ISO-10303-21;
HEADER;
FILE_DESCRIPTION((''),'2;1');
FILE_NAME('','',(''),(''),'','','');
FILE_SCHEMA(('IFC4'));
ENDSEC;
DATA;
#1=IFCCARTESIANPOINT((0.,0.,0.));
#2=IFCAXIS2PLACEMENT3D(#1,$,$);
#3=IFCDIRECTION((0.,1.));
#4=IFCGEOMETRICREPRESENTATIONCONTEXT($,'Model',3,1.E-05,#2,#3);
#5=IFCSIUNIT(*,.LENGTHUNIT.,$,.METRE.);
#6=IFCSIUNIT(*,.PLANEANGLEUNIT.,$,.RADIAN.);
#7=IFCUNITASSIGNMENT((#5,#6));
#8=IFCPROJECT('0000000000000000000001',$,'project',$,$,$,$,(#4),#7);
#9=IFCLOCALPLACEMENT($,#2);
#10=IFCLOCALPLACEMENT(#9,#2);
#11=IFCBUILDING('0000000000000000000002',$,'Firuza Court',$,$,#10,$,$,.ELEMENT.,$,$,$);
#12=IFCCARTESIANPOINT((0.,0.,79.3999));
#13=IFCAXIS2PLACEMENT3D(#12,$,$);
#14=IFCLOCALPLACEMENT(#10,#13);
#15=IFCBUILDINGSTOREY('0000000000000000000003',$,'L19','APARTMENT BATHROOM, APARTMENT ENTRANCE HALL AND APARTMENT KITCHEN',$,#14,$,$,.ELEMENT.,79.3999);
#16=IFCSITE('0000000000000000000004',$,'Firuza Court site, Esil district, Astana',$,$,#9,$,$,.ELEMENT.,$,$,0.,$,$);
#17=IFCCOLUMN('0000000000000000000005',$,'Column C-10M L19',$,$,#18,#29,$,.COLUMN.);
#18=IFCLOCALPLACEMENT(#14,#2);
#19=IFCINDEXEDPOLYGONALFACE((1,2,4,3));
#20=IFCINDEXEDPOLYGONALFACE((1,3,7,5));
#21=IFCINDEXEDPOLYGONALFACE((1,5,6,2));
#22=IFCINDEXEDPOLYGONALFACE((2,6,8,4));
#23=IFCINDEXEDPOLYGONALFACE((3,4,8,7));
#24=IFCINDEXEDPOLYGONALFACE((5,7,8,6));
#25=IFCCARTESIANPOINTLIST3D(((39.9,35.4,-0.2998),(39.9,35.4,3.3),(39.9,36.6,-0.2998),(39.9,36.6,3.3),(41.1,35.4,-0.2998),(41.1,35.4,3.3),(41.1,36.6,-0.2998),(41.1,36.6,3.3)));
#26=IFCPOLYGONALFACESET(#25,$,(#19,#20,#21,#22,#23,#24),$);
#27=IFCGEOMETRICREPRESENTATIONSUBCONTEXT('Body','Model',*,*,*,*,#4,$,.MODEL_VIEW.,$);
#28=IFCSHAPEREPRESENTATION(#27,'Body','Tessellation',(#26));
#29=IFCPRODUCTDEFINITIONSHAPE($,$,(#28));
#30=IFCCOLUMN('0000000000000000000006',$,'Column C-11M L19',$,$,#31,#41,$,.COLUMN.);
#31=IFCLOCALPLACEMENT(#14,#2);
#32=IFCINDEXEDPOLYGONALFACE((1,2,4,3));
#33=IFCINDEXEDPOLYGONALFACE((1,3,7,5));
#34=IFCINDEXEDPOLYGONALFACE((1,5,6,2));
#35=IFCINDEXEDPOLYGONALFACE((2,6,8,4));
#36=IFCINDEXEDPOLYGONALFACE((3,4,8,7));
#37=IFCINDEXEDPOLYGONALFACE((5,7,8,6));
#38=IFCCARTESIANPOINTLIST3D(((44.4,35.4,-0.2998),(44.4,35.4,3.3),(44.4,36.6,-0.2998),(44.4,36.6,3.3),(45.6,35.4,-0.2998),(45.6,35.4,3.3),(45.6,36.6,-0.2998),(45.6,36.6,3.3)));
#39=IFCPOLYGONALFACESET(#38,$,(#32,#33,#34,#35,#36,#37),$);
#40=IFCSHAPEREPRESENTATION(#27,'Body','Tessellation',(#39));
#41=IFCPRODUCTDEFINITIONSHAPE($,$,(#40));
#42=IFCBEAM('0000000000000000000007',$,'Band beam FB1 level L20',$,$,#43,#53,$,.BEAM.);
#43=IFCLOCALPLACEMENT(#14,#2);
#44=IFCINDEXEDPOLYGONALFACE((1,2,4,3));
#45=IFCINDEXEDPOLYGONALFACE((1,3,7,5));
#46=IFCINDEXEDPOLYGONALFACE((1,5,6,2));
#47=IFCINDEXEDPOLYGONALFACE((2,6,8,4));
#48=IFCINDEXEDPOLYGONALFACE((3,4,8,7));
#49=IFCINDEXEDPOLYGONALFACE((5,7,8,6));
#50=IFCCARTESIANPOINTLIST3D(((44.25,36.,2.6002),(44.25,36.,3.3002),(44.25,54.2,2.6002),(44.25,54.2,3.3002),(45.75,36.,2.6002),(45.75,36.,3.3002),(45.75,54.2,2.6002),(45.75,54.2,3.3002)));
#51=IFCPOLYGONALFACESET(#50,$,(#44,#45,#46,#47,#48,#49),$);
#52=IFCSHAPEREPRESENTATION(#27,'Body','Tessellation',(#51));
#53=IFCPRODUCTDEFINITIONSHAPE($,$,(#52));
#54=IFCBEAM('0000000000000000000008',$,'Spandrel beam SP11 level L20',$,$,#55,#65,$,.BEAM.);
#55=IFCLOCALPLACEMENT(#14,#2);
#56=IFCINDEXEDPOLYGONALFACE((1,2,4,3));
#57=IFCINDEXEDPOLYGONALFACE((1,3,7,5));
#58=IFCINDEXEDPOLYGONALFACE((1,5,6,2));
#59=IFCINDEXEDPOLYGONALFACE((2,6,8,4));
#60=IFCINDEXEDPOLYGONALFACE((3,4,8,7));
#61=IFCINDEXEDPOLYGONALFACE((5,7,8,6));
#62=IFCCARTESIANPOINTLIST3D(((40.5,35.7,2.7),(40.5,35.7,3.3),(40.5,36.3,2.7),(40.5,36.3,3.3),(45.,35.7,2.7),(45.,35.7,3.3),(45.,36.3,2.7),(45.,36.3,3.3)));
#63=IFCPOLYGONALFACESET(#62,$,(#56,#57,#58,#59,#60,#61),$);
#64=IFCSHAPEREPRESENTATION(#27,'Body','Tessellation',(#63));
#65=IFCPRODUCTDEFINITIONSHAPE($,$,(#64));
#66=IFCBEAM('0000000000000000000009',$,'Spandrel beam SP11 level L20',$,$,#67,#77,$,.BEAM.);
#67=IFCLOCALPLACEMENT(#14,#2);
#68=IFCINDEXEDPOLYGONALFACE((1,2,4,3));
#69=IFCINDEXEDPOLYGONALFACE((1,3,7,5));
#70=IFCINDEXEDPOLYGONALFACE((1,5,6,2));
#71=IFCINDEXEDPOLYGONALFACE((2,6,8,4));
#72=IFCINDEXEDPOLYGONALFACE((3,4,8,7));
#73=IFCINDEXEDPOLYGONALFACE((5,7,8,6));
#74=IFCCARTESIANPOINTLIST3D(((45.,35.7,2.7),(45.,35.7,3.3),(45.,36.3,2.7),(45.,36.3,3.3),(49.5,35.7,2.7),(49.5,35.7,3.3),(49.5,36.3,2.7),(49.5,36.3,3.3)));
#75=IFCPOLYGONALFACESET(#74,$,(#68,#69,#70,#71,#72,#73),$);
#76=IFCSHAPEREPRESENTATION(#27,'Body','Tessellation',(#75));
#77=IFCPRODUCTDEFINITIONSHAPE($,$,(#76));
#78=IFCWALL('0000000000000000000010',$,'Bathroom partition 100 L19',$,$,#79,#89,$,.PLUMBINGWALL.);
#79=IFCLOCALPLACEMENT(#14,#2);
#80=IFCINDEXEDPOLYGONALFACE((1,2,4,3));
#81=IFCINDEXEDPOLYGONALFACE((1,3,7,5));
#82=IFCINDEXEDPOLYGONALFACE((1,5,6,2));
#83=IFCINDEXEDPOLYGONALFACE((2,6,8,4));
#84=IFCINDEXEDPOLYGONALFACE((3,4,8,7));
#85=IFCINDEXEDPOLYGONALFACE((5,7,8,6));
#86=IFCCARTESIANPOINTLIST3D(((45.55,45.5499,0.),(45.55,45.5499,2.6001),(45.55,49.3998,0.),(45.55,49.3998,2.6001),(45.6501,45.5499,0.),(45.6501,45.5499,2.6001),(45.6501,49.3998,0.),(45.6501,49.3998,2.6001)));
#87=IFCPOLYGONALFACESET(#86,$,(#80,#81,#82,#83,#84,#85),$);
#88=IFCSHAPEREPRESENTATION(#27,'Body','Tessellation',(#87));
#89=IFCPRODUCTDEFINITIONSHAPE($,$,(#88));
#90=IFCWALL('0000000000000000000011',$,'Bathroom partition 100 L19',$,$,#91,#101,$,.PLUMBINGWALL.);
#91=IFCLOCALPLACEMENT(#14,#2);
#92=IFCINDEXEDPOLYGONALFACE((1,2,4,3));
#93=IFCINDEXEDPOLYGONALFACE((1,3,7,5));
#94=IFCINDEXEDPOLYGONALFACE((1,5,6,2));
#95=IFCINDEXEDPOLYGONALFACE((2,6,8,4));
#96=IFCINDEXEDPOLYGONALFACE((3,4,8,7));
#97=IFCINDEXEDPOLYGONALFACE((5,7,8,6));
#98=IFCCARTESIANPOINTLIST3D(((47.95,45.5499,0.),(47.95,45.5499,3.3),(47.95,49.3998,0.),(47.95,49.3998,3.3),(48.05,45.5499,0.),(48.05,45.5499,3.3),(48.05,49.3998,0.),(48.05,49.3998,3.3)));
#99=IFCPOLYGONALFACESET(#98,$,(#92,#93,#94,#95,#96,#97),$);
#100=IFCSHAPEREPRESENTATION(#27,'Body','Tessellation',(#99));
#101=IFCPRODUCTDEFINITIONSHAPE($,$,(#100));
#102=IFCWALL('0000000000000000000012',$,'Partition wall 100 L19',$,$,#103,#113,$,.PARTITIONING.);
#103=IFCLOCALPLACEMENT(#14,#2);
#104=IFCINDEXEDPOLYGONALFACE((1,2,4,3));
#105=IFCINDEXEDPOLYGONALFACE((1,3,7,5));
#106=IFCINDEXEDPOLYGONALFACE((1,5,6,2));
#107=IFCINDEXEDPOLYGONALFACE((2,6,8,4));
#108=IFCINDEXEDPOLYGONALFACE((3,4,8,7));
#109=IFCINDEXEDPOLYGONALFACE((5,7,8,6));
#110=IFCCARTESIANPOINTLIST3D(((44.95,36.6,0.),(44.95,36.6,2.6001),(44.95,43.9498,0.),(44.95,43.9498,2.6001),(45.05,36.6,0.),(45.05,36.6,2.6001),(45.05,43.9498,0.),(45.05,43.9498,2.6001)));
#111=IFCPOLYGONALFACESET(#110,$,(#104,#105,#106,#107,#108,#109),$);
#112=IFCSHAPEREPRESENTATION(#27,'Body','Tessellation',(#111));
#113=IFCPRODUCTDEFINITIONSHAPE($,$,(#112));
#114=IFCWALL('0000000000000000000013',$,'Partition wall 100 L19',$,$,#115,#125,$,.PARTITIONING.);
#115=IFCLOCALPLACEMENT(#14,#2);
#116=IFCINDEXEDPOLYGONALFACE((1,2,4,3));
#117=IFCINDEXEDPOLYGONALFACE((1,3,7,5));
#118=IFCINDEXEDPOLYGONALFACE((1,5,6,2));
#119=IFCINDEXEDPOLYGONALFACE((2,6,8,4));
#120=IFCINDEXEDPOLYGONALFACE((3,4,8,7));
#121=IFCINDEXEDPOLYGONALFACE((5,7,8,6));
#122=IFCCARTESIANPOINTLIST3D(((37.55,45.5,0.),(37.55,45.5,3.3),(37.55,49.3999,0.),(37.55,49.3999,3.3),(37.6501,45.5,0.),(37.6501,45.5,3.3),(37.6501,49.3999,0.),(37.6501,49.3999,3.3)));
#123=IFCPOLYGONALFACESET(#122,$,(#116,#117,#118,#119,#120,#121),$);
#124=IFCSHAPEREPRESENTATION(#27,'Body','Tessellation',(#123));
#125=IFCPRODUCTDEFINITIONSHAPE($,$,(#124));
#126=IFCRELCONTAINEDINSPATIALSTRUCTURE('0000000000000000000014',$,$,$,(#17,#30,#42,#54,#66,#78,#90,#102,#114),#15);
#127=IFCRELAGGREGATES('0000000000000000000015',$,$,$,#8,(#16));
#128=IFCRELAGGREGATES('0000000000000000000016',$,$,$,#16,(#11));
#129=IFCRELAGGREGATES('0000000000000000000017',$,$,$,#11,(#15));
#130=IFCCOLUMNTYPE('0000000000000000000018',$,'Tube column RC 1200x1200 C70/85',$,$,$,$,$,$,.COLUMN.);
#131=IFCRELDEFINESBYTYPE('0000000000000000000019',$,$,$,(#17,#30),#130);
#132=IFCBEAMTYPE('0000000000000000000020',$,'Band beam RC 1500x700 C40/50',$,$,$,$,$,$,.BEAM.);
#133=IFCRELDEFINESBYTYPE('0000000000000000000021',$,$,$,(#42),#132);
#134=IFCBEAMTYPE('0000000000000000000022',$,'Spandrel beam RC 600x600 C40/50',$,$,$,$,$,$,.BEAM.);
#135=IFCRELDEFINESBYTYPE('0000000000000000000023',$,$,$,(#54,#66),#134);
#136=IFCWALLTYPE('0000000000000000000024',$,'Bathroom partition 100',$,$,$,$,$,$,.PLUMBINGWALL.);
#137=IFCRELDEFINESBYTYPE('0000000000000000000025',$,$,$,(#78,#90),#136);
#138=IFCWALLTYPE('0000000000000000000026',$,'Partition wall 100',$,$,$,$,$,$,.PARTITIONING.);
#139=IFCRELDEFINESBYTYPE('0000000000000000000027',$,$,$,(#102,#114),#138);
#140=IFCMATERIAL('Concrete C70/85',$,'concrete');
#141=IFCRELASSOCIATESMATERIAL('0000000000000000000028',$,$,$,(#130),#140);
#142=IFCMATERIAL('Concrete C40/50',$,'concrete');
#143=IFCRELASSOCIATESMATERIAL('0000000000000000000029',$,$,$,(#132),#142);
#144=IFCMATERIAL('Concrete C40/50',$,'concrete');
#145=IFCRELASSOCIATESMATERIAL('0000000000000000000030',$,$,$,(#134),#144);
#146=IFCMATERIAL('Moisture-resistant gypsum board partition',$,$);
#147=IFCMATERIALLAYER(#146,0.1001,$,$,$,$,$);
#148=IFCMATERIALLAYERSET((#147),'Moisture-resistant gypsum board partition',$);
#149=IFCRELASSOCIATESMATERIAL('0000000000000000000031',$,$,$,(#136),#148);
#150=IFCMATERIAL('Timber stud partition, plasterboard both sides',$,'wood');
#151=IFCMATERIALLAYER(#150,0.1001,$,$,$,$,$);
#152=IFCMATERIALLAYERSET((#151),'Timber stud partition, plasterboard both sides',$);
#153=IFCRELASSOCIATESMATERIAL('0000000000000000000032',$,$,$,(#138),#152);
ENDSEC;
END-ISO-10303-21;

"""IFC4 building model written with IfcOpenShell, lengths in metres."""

from ifc_helpers import new_model, si_unit, direction, frame, frame_2d, origin, origin_2d, place, context, subcontext, project, spatial, rectangle, extrude, material, layer, layer_set, material_profile, profile_set, type_object, element, save


model = new_model("IFC4")

# Units and contexts
model_context = context("Model", 3, precision=1e-05, world=origin(), true_north=direction((0.0, 1.0)))
body_context = subcontext(model_context, "Body", "Model", "MODEL_VIEW")
ifc_project = project(units=[si_unit("LENGTHUNIT", "METRE"), si_unit("PLANEANGLEUNIT", "RADIAN")], contexts=[model_context])

# Site, building, storey
site_placement = place(None, origin())
site = spatial("IfcSite", under=ifc_project, at=site_placement, Name="Firuza Court site, Esil district, Astana", CompositionType="ELEMENT", RefElevation=0.0)
building_placement = place(site_placement, origin())
building = spatial("IfcBuilding", under=site, at=building_placement, Name="Firuza Court", CompositionType="ELEMENT")
storey_placement = place(building_placement, frame((0.0, 0.0, 79.3999)))
storey = spatial("IfcBuildingStorey", under=building, at=storey_placement, Name="L19", Description="APARTMENT BATHROOM, APARTMENT ENTRANCE HALL AND APARTMENT KITCHEN", CompositionType="ELEMENT", Elevation=79.3999)

# Columns
ifc_material_1 = material(Name="Concrete C70/85", Category="concrete")
ifc_material_profile_1 = material_profile(ifc_material_1, rectangle(XDim=1.2, YDim=1.2, at=origin_2d()), Name="RC 1200x1200")
ifc_profile_set_1 = profile_set([ifc_material_profile_1], Name="Concrete C70/85")
column_type = type_object("IfcColumnType", Name="Tube column RC 1200x1200 C70/85", PredefinedType="COLUMN", material=ifc_profile_set_1)
for number, where, z_axis, x_axis, name in (
    (1, (40.5, 36.0, -0.2998), (0.0, 0.0, 1.0), (1.0, 0.0, 0.0), "Column C-10M L19"),
    (2, (45.0, 36.0, -0.2998), (0.0, 0.0, 1.0), (1.0, 0.0, 0.0), "Column C-11M L19"),
):
    element("IfcColumn", number, at=place(storey_placement, frame(where, z_axis=z_axis, x_axis=x_axis)), inside=storey, type_object=column_type, Name=name, PredefinedType="COLUMN", context=body_context, shape_type="SweptSolid", body=[
        extrude(rectangle(XDim=1.2, YDim=1.2, at=origin_2d()), origin(), (0.0, 0.0, 1.0), 3.5999),
    ])

# Beams
ifc_material_2 = material(Name="Concrete C40/50", Category="concrete")
ifc_material_profile_2 = material_profile(ifc_material_2, rectangle(XDim=1.5, YDim=0.7, at=origin_2d()), Name="RC 1500x700")
ifc_profile_set_2 = profile_set([ifc_material_profile_2], Name="Concrete C40/50")
beam_type_1 = type_object("IfcBeamType", Name="Band beam RC 1500x700 C40/50", PredefinedType="BEAM", material=ifc_profile_set_2)
beam_placement = place(storey_placement, frame((45.0, 36.0, 2.9502), z_axis=(0.0, 1.0, 0.0), x_axis=(-1.0, 0.0, 0.0)))
element("IfcBeam", 3, at=beam_placement, inside=storey, type_object=beam_type_1, Name="Band beam FB1 level L20", PredefinedType="BEAM", context=body_context, shape_type="SweptSolid", body=[
    extrude(rectangle(XDim=1.5, YDim=0.7, at=origin_2d()), origin(), (0.0, 0.0, 1.0), 18.2),
])
ifc_material_3 = material(Name="Concrete C40/50", Category="concrete")
ifc_material_profile_3 = material_profile(ifc_material_3, rectangle(XDim=0.6001, YDim=0.6001, at=origin_2d()), Name="RC 600x600")
ifc_profile_set_3 = profile_set([ifc_material_profile_3], Name="Concrete C40/50")
beam_type_2 = type_object("IfcBeamType", Name="Spandrel beam RC 600x600 C40/50", PredefinedType="BEAM", material=ifc_profile_set_3)
for number, where, z_axis, x_axis, name in (
    (4, (40.5, 36.0, 3.0), (1.0, 0.0, 0.0), (0.0, 1.0, 0.0), "Spandrel beam SP11 level L20"),
    (5, (45.0, 36.0, 3.0), (1.0, 0.0, 0.0), (0.0, 1.0, 0.0), "Spandrel beam SP11 level L20"),
):
    element("IfcBeam", number, at=place(storey_placement, frame(where, z_axis=z_axis, x_axis=x_axis)), inside=storey, type_object=beam_type_2, Name=name, PredefinedType="BEAM", context=body_context, shape_type="SweptSolid", body=[
        extrude(rectangle(XDim=0.6001, YDim=0.6001, at=origin_2d()), origin(), (0.0, 0.0, 1.0), 4.5),
    ])

# Walls
ifc_material_4 = material(Name="Moisture-resistant gypsum board partition")
ifc_layer_1 = layer(ifc_material_4, 0.1001)
ifc_layer_set_1 = layer_set([ifc_layer_1], Name="Moisture-resistant gypsum board partition")
wall_type_1 = type_object("IfcWallType", Name="Bathroom partition 100", PredefinedType="PLUMBINGWALL", material=ifc_layer_set_1)
wall_1_placement = place(storey_placement, frame((45.6001, 45.55, 0.0), z_axis=(0.0, 0.0, 1.0), x_axis=(0.0, 1.0, 0.0)))
element("IfcWall", 6, at=wall_1_placement, inside=storey, type_object=wall_type_1, Name="Bathroom partition 100 L19", PredefinedType="PLUMBINGWALL", context=body_context, shape_type="SweptSolid", body=[
    extrude(rectangle(XDim=3.8499, YDim=0.1001, at=frame_2d((1.9248, 0.0))), origin(), (0.0, 0.0, 1.0), 2.6001),
])
wall_2_placement = place(storey_placement, frame((48.0, 45.55, 0.0), z_axis=(0.0, 0.0, 1.0), x_axis=(0.0, 1.0, 0.0)))
element("IfcWall", 7, at=wall_2_placement, inside=storey, type_object=wall_type_1, Name="Bathroom partition 100 L19", PredefinedType="PLUMBINGWALL", context=body_context, shape_type="SweptSolid", body=[
    extrude(rectangle(XDim=3.8499, YDim=0.1001, at=frame_2d((1.9248, 0.0))), origin(), (0.0, 0.0, 1.0), 3.3),
])
ifc_material_5 = material(Name="Timber stud partition, plasterboard both sides", Category="wood")
ifc_layer_2 = layer(ifc_material_5, 0.1001)
ifc_layer_set_2 = layer_set([ifc_layer_2], Name="Timber stud partition, plasterboard both sides")
wall_type_2 = type_object("IfcWallType", Name="Partition wall 100", PredefinedType="PARTITIONING", material=ifc_layer_set_2)
wall_3_placement = place(storey_placement, frame((45.0, 36.6001, 0.0), z_axis=(0.0, 0.0, 1.0), x_axis=(0.0, 1.0, 0.0)))
element("IfcWall", 8, at=wall_3_placement, inside=storey, type_object=wall_type_2, Name="Partition wall 100 L19", PredefinedType="PARTITIONING", context=body_context, shape_type="SweptSolid", body=[
    extrude(rectangle(XDim=7.3499, YDim=0.1001, at=frame_2d((3.6748, 0.0))), origin(), (0.0, 0.0, 1.0), 2.6001),
])
wall_4_placement = place(storey_placement, frame((37.6001, 45.5, 0.0), z_axis=(0.0, 0.0, 1.0), x_axis=(0.0, 1.0, 0.0)))
element("IfcWall", 9, at=wall_4_placement, inside=storey, type_object=wall_type_2, Name="Partition wall 100 L19", PredefinedType="PARTITIONING", context=body_context, shape_type="SweptSolid", body=[
    extrude(rectangle(XDim=3.8999, YDim=0.1001, at=frame_2d((1.95, 0.0))), origin(), (0.0, 0.0, 1.0), 3.3),
])

save(model, "model.ifc")
